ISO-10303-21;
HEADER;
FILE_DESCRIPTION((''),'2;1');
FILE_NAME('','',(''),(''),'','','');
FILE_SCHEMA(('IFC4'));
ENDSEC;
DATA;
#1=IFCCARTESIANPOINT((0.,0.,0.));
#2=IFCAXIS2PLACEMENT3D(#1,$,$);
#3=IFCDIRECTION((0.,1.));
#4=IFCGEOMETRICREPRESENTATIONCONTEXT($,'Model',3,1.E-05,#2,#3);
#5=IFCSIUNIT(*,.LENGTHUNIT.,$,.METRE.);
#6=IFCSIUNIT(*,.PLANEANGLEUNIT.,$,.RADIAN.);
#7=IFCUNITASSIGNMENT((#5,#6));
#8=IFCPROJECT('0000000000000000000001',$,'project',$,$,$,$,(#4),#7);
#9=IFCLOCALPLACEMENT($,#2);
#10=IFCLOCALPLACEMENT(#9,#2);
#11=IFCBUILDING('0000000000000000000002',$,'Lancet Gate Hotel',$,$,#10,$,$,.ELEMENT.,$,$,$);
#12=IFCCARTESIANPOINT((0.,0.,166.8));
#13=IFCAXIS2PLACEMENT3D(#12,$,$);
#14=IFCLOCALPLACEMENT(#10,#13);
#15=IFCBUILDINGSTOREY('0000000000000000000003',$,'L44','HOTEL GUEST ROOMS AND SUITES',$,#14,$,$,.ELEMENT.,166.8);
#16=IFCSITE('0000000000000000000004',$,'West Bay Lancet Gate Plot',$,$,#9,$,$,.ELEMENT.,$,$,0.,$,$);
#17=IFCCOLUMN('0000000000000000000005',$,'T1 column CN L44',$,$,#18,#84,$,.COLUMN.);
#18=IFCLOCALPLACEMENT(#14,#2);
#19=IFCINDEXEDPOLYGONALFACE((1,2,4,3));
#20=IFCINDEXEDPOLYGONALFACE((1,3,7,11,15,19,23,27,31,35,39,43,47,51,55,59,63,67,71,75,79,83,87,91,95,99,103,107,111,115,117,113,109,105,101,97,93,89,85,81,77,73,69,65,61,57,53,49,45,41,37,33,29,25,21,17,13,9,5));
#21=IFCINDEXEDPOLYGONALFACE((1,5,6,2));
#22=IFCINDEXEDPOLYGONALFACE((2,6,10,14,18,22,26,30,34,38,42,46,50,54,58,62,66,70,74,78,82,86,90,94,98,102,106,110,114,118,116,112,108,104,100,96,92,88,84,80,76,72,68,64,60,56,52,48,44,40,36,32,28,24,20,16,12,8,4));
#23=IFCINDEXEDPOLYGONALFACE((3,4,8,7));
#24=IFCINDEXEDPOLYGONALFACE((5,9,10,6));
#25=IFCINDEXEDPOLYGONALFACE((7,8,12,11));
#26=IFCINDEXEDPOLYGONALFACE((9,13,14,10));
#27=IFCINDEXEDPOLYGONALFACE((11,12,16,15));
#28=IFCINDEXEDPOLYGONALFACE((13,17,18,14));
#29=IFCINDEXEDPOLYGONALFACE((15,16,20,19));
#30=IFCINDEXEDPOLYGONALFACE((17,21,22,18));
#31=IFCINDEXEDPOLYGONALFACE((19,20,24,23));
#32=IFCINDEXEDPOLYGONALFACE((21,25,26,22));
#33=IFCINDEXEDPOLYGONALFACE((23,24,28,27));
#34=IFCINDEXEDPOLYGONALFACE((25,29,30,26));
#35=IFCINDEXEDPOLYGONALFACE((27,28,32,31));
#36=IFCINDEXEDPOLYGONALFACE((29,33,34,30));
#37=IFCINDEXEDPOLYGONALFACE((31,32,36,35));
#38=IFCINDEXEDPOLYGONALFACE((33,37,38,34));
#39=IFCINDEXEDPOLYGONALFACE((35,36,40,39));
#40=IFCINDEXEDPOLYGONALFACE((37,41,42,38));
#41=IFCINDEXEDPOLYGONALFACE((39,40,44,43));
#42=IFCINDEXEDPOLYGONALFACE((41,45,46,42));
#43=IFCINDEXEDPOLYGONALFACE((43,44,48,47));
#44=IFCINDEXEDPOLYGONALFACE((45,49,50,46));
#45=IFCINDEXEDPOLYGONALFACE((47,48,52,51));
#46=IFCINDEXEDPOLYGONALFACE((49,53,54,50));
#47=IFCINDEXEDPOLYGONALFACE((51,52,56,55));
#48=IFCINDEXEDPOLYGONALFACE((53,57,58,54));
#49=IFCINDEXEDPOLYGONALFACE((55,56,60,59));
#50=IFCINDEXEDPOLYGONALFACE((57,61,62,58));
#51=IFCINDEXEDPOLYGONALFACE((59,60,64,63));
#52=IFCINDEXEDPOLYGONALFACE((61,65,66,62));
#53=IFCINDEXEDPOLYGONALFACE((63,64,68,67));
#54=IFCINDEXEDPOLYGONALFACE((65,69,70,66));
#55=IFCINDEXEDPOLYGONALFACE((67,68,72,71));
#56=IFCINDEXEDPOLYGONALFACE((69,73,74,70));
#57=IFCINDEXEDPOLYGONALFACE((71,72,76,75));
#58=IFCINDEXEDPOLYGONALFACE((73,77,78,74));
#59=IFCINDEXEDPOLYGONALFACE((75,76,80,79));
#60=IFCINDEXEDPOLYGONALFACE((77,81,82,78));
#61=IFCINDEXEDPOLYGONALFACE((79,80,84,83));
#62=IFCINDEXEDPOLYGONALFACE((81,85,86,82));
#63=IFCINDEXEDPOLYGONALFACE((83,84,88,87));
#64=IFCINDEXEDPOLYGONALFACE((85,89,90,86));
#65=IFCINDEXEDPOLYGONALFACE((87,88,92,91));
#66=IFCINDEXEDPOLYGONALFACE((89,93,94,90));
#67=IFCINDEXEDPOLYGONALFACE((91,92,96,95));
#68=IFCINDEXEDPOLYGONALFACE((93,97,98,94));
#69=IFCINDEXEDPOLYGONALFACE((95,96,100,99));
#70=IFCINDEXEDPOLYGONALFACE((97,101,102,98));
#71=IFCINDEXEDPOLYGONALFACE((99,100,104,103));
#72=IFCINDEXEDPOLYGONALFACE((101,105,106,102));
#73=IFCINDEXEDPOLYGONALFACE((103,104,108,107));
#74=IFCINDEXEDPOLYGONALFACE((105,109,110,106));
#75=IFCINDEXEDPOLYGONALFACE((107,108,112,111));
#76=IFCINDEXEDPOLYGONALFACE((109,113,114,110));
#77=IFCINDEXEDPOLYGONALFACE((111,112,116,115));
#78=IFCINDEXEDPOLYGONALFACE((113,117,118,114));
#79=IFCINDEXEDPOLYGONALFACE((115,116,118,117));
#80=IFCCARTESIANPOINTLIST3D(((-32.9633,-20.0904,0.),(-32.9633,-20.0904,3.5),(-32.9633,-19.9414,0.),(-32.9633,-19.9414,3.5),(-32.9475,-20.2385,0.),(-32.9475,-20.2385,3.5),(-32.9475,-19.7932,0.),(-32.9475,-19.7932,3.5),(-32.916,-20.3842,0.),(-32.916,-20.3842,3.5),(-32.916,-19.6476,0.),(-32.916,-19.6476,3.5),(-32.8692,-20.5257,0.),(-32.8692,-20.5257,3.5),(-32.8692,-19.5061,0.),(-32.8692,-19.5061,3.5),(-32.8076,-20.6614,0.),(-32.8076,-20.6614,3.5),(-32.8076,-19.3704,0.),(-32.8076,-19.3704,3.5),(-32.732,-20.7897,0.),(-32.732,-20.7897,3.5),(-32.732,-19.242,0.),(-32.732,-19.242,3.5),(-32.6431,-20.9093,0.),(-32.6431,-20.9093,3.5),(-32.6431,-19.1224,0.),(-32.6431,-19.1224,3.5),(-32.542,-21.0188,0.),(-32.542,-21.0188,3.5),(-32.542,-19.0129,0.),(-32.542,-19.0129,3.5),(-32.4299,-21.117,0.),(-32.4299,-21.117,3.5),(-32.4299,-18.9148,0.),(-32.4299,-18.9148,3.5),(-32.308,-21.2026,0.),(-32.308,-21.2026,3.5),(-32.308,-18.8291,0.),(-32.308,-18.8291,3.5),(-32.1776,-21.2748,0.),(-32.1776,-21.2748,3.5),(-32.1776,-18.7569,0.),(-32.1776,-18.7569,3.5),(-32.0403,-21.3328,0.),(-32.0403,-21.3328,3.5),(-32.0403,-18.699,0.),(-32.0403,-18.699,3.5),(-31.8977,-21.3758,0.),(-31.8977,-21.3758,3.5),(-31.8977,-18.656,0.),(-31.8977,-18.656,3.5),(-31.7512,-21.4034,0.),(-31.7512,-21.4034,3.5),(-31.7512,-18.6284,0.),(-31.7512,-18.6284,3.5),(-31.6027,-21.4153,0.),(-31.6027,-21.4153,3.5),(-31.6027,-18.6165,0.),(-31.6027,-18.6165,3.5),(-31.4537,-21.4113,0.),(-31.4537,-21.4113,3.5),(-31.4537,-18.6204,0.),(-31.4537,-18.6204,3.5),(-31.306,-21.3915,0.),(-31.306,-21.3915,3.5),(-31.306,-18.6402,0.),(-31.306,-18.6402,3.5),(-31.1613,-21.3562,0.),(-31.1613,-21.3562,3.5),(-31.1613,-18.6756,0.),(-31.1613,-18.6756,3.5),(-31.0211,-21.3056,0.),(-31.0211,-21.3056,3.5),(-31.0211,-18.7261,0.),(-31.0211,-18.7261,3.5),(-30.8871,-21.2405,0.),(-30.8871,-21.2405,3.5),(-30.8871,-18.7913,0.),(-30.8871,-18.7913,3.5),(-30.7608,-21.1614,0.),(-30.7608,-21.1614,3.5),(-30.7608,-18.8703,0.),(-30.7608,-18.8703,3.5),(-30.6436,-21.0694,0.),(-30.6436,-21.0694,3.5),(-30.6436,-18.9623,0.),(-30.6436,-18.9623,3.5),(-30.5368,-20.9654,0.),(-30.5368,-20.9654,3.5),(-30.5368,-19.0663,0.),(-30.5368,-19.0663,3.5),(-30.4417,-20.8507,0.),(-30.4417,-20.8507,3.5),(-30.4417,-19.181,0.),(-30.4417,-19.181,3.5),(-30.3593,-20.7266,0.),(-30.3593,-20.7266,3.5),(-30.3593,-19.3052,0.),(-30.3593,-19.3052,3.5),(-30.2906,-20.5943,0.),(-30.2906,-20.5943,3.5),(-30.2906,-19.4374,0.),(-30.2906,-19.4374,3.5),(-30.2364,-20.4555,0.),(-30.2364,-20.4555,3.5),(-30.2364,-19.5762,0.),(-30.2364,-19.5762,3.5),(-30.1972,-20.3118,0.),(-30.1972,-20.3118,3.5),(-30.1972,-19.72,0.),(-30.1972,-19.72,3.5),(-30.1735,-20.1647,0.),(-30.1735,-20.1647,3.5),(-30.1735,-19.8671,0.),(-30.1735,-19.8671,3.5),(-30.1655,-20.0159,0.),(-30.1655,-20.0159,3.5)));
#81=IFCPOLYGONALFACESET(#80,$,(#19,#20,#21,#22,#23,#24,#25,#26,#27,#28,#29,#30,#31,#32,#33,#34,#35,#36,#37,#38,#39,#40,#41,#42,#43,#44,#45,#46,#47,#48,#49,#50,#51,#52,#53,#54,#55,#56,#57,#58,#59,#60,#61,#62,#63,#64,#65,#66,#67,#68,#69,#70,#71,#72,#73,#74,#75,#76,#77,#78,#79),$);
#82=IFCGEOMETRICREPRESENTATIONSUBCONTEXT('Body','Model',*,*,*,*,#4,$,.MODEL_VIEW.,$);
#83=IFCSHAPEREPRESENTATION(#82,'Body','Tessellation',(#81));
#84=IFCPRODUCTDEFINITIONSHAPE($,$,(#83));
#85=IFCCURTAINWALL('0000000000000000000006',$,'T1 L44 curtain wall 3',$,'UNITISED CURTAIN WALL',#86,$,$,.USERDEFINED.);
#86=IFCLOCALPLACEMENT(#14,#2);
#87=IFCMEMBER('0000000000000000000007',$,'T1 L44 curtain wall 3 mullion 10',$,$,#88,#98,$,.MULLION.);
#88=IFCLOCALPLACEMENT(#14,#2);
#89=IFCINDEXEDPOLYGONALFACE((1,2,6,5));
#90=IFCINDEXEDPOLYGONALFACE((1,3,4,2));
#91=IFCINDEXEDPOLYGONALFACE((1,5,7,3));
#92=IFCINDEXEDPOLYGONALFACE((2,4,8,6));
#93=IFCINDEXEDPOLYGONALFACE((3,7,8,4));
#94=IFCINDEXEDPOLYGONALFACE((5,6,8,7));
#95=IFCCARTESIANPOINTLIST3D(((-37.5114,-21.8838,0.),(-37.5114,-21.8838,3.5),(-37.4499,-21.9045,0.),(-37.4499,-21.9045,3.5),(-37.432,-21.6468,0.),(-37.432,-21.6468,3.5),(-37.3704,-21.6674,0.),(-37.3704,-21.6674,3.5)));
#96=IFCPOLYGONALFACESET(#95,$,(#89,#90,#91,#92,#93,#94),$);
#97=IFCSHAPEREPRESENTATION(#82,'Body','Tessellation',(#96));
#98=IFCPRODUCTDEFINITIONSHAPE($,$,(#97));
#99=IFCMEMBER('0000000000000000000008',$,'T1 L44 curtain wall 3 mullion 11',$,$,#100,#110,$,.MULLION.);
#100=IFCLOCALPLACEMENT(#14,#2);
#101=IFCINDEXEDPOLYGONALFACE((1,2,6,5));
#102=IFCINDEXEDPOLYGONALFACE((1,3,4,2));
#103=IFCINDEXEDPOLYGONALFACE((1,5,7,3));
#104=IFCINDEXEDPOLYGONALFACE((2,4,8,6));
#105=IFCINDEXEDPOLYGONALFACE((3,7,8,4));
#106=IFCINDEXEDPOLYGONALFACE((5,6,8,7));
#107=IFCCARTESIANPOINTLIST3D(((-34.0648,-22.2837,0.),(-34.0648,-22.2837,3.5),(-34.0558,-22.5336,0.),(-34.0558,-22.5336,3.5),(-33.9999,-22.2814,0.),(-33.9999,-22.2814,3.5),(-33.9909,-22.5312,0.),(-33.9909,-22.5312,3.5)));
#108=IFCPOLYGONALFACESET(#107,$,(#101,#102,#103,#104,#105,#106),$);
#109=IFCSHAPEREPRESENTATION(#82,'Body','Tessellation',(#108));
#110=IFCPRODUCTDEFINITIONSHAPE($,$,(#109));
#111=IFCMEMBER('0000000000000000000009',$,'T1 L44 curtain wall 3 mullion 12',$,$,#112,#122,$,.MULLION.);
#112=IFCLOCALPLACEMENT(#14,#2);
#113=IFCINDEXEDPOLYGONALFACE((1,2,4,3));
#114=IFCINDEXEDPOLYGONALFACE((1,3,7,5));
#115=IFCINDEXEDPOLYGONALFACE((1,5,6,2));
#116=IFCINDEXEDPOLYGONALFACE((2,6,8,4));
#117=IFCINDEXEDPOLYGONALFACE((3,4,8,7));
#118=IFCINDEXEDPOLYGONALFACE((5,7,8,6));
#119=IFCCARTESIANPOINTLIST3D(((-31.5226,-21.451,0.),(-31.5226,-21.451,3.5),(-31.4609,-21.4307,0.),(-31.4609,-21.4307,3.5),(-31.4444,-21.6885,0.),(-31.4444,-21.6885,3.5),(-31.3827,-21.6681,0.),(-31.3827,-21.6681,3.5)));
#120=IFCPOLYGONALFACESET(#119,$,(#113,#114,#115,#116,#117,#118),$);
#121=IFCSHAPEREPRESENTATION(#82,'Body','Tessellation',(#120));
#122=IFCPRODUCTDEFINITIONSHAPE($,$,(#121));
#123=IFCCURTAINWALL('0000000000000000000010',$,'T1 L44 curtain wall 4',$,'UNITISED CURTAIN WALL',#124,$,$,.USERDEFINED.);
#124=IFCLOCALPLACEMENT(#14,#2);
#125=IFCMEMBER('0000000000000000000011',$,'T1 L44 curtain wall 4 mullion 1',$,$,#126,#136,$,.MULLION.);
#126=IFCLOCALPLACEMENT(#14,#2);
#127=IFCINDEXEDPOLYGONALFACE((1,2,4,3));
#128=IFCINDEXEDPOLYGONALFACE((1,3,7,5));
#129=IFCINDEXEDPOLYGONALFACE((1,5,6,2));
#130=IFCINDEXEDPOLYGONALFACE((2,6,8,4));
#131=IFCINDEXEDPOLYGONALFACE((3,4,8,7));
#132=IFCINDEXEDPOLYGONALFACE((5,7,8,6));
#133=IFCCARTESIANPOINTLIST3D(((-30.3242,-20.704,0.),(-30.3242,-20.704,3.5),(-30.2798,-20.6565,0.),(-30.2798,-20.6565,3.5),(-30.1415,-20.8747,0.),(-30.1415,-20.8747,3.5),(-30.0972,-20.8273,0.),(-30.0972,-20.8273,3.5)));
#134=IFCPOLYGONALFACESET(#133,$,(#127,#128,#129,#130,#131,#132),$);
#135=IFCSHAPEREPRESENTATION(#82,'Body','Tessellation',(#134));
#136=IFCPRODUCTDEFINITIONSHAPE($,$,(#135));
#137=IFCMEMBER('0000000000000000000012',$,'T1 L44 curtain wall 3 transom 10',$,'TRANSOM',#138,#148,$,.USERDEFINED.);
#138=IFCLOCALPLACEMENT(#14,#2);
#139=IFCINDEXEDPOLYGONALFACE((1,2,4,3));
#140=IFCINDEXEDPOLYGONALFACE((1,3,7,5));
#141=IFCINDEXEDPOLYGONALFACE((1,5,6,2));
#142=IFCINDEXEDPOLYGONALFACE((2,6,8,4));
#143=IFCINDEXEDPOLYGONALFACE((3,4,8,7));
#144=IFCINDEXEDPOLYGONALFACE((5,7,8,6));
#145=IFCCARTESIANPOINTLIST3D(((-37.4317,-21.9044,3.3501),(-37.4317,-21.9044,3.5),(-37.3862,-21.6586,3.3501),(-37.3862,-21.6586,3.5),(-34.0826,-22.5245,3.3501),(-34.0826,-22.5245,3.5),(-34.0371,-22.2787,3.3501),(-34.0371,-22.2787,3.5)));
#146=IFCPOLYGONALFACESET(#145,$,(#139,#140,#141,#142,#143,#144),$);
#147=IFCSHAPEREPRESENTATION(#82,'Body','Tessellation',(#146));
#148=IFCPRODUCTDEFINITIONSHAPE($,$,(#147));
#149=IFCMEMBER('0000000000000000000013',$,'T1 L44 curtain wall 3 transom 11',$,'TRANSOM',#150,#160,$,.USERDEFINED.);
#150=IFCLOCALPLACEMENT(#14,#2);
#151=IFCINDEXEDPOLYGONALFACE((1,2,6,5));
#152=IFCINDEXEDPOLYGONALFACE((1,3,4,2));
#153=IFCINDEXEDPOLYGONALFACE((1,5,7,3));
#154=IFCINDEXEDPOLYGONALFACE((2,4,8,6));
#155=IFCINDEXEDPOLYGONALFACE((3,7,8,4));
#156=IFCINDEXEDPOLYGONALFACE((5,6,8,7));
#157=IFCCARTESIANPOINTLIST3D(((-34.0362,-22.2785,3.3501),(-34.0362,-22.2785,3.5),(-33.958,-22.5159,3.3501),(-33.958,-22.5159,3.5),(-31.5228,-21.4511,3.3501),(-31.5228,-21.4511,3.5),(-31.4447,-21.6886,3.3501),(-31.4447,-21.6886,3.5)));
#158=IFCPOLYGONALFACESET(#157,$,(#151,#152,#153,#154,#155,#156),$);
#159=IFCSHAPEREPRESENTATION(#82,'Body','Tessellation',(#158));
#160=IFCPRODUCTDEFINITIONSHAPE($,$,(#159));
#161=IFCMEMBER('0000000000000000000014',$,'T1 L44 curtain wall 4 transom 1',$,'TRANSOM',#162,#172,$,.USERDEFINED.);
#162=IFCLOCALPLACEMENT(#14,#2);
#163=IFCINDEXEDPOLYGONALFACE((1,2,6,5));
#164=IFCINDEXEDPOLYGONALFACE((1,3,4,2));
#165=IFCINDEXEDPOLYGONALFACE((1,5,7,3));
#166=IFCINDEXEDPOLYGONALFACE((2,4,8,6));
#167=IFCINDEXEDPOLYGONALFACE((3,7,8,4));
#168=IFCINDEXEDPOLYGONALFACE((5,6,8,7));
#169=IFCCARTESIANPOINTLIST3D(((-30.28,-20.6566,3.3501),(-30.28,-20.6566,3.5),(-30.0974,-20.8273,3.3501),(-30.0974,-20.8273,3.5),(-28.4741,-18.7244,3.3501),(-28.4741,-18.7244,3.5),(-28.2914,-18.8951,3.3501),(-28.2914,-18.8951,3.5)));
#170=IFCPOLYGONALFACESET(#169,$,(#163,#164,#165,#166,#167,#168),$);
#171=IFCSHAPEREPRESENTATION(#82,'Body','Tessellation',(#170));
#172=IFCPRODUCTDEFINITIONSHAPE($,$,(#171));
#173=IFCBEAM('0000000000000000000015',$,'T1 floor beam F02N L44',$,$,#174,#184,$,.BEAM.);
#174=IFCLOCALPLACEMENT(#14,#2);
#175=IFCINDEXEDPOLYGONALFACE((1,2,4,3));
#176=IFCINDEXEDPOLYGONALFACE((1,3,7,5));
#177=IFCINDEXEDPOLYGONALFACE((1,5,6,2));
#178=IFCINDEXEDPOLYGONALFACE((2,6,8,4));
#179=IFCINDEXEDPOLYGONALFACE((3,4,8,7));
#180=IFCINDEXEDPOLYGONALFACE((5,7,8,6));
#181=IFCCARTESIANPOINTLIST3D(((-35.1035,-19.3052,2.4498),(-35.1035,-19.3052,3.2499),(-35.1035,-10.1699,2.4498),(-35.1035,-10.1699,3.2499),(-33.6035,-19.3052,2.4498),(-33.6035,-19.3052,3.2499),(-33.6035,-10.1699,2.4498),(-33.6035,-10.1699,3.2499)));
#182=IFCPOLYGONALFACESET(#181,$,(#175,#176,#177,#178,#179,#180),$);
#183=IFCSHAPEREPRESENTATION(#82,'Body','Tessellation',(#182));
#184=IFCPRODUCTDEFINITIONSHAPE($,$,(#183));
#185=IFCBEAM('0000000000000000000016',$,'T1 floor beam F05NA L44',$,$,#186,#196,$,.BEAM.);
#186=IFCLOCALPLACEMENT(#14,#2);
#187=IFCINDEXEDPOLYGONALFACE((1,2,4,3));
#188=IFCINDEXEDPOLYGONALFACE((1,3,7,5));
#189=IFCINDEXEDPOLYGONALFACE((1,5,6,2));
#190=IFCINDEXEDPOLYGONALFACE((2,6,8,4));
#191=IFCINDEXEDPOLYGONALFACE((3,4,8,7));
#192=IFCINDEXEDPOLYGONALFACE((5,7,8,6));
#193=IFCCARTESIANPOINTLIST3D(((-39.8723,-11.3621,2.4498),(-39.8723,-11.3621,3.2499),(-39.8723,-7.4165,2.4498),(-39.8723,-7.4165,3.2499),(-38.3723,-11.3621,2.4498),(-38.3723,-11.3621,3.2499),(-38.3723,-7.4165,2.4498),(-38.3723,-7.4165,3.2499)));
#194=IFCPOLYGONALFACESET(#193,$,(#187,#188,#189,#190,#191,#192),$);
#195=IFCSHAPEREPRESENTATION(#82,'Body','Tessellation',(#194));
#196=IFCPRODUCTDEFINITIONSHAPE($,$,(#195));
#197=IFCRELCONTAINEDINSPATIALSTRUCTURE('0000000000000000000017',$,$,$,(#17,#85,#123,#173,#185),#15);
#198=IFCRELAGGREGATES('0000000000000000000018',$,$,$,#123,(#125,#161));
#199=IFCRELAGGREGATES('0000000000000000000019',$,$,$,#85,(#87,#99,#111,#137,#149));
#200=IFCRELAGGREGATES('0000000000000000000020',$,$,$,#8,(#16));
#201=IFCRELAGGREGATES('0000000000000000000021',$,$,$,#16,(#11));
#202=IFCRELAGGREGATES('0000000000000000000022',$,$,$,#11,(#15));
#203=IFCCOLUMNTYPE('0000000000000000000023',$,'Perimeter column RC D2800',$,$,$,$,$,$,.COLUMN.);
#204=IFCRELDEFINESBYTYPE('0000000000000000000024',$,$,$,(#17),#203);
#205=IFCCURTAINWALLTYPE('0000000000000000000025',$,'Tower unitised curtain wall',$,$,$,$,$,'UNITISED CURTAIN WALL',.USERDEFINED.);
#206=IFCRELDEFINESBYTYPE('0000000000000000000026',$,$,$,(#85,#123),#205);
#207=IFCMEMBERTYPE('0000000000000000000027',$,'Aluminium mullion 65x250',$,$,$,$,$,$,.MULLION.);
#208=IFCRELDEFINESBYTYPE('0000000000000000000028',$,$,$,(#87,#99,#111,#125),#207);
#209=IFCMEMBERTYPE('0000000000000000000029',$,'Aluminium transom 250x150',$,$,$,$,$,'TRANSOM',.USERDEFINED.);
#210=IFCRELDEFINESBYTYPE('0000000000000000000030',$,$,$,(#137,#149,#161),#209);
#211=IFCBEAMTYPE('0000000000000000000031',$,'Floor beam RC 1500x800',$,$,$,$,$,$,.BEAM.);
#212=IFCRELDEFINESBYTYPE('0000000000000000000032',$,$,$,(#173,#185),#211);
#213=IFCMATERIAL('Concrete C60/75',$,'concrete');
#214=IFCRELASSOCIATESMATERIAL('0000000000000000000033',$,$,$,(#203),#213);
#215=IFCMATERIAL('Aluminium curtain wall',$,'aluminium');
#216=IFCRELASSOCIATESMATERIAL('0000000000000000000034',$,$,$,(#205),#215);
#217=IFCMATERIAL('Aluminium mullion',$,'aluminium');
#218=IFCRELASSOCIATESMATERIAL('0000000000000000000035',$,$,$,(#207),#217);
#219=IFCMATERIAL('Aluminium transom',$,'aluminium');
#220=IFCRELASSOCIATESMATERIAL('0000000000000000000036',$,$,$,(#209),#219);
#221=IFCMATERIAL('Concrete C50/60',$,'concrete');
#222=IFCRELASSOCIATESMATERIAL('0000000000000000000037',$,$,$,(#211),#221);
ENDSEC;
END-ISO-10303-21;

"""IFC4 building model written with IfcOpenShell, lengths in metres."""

from ifc_helpers import new_model, si_unit, direction, frame, origin, origin_2d, place, context, subcontext, project, spatial, rectangle, circle, extrude, material, material_profile, profile_set, type_object, element, aggregate, save


model = new_model("IFC4")

# Units and contexts
model_context = context("Model", 3, precision=1e-05, world=origin(), true_north=direction((0.0, 1.0)))
body_context = subcontext(model_context, "Body", "Model", "MODEL_VIEW")
ifc_project = project(units=[si_unit("LENGTHUNIT", "METRE"), si_unit("PLANEANGLEUNIT", "RADIAN")], contexts=[model_context])

# Site, building, storey
site_placement = place(None, origin())
site = spatial("IfcSite", under=ifc_project, at=site_placement, Name="West Bay Lancet Gate Plot", CompositionType="ELEMENT", RefElevation=0.0)
building_placement = place(site_placement, origin())
building = spatial("IfcBuilding", under=site, at=building_placement, Name="Lancet Gate Hotel", CompositionType="ELEMENT")
storey_placement = place(building_placement, frame((0.0, 0.0, 166.8)))
storey = spatial("IfcBuildingStorey", under=building, at=storey_placement, Name="L44", Description="HOTEL GUEST ROOMS AND SUITES", CompositionType="ELEMENT", Elevation=166.8)

# Column
ifc_material_1 = material(Name="Concrete C60/75", Category="concrete")
ifc_material_profile_1 = material_profile(ifc_material_1, circle(Radius=1.3999, at=origin_2d()), Name="RC D2800")
ifc_profile_set_1 = profile_set([ifc_material_profile_1], Name="Concrete C60/75")
column_type = type_object("IfcColumnType", Name="Perimeter column RC D2800", PredefinedType="COLUMN", material=ifc_profile_set_1)
column_placement = place(storey_placement, frame((-31.5654, -20.0159, 0.0), z_axis=(0.0, 0.0, 1.0), x_axis=(1.0, 0.0, 0.0)))
element("IfcColumn", 1, at=column_placement, inside=storey, type_object=column_type, Name="T1 column CN L44", PredefinedType="COLUMN", context=body_context, shape_type="SweptSolid", body=[
    extrude(circle(Radius=1.3999, at=origin_2d()), origin(), (0.0, 0.0, 1.0), 3.5),
])

# Curtain wall, members
ifc_material_2 = material(Name="Aluminium curtain wall", Category="aluminium")
curtain_wall_type = type_object("IfcCurtainWallType", Name="Tower unitised curtain wall", ElementType="UNITISED CURTAIN WALL", PredefinedType="USERDEFINED", material=ifc_material_2)
curtain_wall_1_placement = place(storey_placement, origin())
curtain_wall_1 = element("IfcCurtainWall", 2, at=curtain_wall_1_placement, inside=storey, type_object=curtain_wall_type, Name="T1 L44 curtain wall 3", ObjectType="UNITISED CURTAIN WALL", PredefinedType="USERDEFINED")
ifc_material_3 = material(Name="Aluminium mullion", Category="aluminium")
ifc_material_profile_2 = material_profile(ifc_material_3, rectangle(XDim=0.0649, YDim=0.25, at=origin_2d()), Name="MULLION 65x250")
ifc_profile_set_2 = profile_set([ifc_material_profile_2], Name="Aluminium mullion")
member_type_1 = type_object("IfcMemberType", Name="Aluminium mullion 65x250", PredefinedType="MULLION", material=ifc_profile_set_2)
member_1_placement = place(storey_placement, frame((-37.4409, -21.7756, 0.0), z_axis=(0.0, 0.0, 1.0), x_axis=(0.948119, -0.317915, 0.0)))
member_1 = element("IfcMember", 3, at=member_1_placement, type_object=member_type_1, Name="T1 L44 curtain wall 3 mullion 10", PredefinedType="MULLION", context=body_context, shape_type="SweptSolid", body=[
    extrude(rectangle(XDim=0.0649, YDim=0.25, at=origin_2d()), origin(), (0.0, 0.0, 1.0), 3.5),
])
member_2_placement = place(storey_placement, frame((-34.0278, -22.4075, 0.0), z_axis=(0.0, 0.0, 1.0), x_axis=(0.99935, 0.036037, 0.0)))
member_2 = element("IfcMember", 4, at=member_2_placement, type_object=member_type_1, Name="T1 L44 curtain wall 3 mullion 11", PredefinedType="MULLION", context=body_context, shape_type="SweptSolid", body=[
    extrude(rectangle(XDim=0.0649, YDim=0.25, at=origin_2d()), origin(), (0.0, 0.0, 1.0), 3.5),
])
member_3_placement = place(storey_placement, frame((-31.4526, -21.5596, 0.0), z_axis=(0.0, 0.0, 1.0), x_axis=(0.949848, 0.312712, 0.0)))
member_3 = element("IfcMember", 5, at=member_3_placement, type_object=member_type_1, Name="T1 L44 curtain wall 3 mullion 12", PredefinedType="MULLION", context=body_context, shape_type="SweptSolid", body=[
    extrude(rectangle(XDim=0.0649, YDim=0.25, at=origin_2d()), origin(), (0.0, 0.0, 1.0), 3.5),
])

# Curtain wall, member
curtain_wall_2_placement = place(storey_placement, origin())
curtain_wall_2 = element("IfcCurtainWall", 6, at=curtain_wall_2_placement, inside=storey, type_object=curtain_wall_type, Name="T1 L44 curtain wall 4", ObjectType="UNITISED CURTAIN WALL", PredefinedType="USERDEFINED")
member_4_placement = place(storey_placement, frame((-30.2107, -20.7656, 0.0), z_axis=(0.0, 0.0, 1.0), x_axis=(0.682845, 0.730563, 0.0)))
member_4 = element("IfcMember", 7, at=member_4_placement, type_object=member_type_1, Name="T1 L44 curtain wall 4 mullion 1", PredefinedType="MULLION", context=body_context, shape_type="SweptSolid", body=[
    extrude(rectangle(XDim=0.0649, YDim=0.25, at=origin_2d()), origin(), (0.0, 0.0, 1.0), 3.5),
])

# Members
ifc_material_4 = material(Name="Aluminium transom", Category="aluminium")
ifc_material_profile_3 = material_profile(ifc_material_4, rectangle(XDim=0.25, YDim=0.1499, at=origin_2d()), Name="TRANSOM 250x150")
ifc_profile_set_3 = profile_set([ifc_material_profile_3], Name="Aluminium transom")
member_type_2 = type_object("IfcMemberType", Name="Aluminium transom 250x150", ElementType="TRANSOM", PredefinedType="USERDEFINED", material=ifc_profile_set_3)
member_5_placement = place(storey_placement, frame((-37.4089, -21.7815, 3.425), z_axis=(0.983287, -0.182064, 0.0), x_axis=(0.182064, 0.983287, 0.0)))
member_5 = element("IfcMember", 8, at=member_5_placement, type_object=member_type_2, Name="T1 L44 curtain wall 3 transom 10", ObjectType="TRANSOM", PredefinedType="USERDEFINED", context=body_context, shape_type="SweptSolid", body=[
    extrude(rectangle(XDim=0.25, YDim=0.1499, at=origin_2d()), origin(), (0.0, 0.0, 1.0), 3.406),
])
member_6_placement = place(storey_placement, frame((-33.9971, -22.3972, 3.425), z_axis=(0.949858, 0.312683, 0.0), x_axis=(-0.312683, 0.949858, 0.0)))
member_6 = element("IfcMember", 9, at=member_6_placement, type_object=member_type_2, Name="T1 L44 curtain wall 3 transom 11", ObjectType="TRANSOM", PredefinedType="USERDEFINED", context=body_context, shape_type="SweptSolid", body=[
    extrude(rectangle(XDim=0.25, YDim=0.1499, at=origin_2d()), origin(), (0.0, 0.0, 1.0), 2.646),
])
member_7_placement = place(storey_placement, frame((-30.1887, -20.7419, 3.425), z_axis=(0.682841, 0.730567, 0.0), x_axis=(-0.730567, 0.682841, 0.0)))
member_7 = element("IfcMember", 10, at=member_7_placement, type_object=member_type_2, Name="T1 L44 curtain wall 4 transom 1", ObjectType="TRANSOM", PredefinedType="USERDEFINED", context=body_context, shape_type="SweptSolid", body=[
    extrude(rectangle(XDim=0.25, YDim=0.1499, at=origin_2d()), origin(), (0.0, 0.0, 1.0), 2.6448),
])
aggregate(curtain_wall_2, [member_4, member_7])

# Beams
ifc_material_5 = material(Name="Concrete C50/60", Category="concrete")
ifc_material_profile_4 = material_profile(ifc_material_5, rectangle(XDim=1.5, YDim=0.8, at=origin_2d()), Name="RC 1500x800")
ifc_profile_set_4 = profile_set([ifc_material_profile_4], Name="Concrete C50/60")
beam_type_1 = type_object("IfcBeamType", Name="Floor beam RC 1500x800", PredefinedType="BEAM", material=ifc_profile_set_4)
beam_1_placement = place(storey_placement, frame((-34.3535, -10.1699, 2.8499), z_axis=(0.0, -1.0, 0.0), x_axis=(1.0, 0.0, 0.0)))
element("IfcBeam", 11, at=beam_1_placement, inside=storey, type_object=beam_type_1, Name="T1 floor beam F02N L44", PredefinedType="BEAM", context=body_context, shape_type="SweptSolid", body=[
    extrude(rectangle(XDim=1.5, YDim=0.8, at=origin_2d()), origin(), (0.0, 0.0, 1.0), 9.1353),
])
beam_2_placement = place(storey_placement, frame((-39.1223, -7.4165, 2.8499), z_axis=(0.0, -1.0, 0.0), x_axis=(1.0, 0.0, 0.0)))
element("IfcBeam", 12, at=beam_2_placement, inside=storey, type_object=beam_type_1, Name="T1 floor beam F05NA L44", PredefinedType="BEAM", context=body_context, shape_type="SweptSolid", body=[
    extrude(rectangle(XDim=1.5, YDim=0.8, at=origin_2d()), origin(), (0.0, 0.0, 1.0), 3.9456),
])

aggregate(curtain_wall_1, [member_1, member_2, member_3, member_5, member_6])

save(model, "model.ifc")
